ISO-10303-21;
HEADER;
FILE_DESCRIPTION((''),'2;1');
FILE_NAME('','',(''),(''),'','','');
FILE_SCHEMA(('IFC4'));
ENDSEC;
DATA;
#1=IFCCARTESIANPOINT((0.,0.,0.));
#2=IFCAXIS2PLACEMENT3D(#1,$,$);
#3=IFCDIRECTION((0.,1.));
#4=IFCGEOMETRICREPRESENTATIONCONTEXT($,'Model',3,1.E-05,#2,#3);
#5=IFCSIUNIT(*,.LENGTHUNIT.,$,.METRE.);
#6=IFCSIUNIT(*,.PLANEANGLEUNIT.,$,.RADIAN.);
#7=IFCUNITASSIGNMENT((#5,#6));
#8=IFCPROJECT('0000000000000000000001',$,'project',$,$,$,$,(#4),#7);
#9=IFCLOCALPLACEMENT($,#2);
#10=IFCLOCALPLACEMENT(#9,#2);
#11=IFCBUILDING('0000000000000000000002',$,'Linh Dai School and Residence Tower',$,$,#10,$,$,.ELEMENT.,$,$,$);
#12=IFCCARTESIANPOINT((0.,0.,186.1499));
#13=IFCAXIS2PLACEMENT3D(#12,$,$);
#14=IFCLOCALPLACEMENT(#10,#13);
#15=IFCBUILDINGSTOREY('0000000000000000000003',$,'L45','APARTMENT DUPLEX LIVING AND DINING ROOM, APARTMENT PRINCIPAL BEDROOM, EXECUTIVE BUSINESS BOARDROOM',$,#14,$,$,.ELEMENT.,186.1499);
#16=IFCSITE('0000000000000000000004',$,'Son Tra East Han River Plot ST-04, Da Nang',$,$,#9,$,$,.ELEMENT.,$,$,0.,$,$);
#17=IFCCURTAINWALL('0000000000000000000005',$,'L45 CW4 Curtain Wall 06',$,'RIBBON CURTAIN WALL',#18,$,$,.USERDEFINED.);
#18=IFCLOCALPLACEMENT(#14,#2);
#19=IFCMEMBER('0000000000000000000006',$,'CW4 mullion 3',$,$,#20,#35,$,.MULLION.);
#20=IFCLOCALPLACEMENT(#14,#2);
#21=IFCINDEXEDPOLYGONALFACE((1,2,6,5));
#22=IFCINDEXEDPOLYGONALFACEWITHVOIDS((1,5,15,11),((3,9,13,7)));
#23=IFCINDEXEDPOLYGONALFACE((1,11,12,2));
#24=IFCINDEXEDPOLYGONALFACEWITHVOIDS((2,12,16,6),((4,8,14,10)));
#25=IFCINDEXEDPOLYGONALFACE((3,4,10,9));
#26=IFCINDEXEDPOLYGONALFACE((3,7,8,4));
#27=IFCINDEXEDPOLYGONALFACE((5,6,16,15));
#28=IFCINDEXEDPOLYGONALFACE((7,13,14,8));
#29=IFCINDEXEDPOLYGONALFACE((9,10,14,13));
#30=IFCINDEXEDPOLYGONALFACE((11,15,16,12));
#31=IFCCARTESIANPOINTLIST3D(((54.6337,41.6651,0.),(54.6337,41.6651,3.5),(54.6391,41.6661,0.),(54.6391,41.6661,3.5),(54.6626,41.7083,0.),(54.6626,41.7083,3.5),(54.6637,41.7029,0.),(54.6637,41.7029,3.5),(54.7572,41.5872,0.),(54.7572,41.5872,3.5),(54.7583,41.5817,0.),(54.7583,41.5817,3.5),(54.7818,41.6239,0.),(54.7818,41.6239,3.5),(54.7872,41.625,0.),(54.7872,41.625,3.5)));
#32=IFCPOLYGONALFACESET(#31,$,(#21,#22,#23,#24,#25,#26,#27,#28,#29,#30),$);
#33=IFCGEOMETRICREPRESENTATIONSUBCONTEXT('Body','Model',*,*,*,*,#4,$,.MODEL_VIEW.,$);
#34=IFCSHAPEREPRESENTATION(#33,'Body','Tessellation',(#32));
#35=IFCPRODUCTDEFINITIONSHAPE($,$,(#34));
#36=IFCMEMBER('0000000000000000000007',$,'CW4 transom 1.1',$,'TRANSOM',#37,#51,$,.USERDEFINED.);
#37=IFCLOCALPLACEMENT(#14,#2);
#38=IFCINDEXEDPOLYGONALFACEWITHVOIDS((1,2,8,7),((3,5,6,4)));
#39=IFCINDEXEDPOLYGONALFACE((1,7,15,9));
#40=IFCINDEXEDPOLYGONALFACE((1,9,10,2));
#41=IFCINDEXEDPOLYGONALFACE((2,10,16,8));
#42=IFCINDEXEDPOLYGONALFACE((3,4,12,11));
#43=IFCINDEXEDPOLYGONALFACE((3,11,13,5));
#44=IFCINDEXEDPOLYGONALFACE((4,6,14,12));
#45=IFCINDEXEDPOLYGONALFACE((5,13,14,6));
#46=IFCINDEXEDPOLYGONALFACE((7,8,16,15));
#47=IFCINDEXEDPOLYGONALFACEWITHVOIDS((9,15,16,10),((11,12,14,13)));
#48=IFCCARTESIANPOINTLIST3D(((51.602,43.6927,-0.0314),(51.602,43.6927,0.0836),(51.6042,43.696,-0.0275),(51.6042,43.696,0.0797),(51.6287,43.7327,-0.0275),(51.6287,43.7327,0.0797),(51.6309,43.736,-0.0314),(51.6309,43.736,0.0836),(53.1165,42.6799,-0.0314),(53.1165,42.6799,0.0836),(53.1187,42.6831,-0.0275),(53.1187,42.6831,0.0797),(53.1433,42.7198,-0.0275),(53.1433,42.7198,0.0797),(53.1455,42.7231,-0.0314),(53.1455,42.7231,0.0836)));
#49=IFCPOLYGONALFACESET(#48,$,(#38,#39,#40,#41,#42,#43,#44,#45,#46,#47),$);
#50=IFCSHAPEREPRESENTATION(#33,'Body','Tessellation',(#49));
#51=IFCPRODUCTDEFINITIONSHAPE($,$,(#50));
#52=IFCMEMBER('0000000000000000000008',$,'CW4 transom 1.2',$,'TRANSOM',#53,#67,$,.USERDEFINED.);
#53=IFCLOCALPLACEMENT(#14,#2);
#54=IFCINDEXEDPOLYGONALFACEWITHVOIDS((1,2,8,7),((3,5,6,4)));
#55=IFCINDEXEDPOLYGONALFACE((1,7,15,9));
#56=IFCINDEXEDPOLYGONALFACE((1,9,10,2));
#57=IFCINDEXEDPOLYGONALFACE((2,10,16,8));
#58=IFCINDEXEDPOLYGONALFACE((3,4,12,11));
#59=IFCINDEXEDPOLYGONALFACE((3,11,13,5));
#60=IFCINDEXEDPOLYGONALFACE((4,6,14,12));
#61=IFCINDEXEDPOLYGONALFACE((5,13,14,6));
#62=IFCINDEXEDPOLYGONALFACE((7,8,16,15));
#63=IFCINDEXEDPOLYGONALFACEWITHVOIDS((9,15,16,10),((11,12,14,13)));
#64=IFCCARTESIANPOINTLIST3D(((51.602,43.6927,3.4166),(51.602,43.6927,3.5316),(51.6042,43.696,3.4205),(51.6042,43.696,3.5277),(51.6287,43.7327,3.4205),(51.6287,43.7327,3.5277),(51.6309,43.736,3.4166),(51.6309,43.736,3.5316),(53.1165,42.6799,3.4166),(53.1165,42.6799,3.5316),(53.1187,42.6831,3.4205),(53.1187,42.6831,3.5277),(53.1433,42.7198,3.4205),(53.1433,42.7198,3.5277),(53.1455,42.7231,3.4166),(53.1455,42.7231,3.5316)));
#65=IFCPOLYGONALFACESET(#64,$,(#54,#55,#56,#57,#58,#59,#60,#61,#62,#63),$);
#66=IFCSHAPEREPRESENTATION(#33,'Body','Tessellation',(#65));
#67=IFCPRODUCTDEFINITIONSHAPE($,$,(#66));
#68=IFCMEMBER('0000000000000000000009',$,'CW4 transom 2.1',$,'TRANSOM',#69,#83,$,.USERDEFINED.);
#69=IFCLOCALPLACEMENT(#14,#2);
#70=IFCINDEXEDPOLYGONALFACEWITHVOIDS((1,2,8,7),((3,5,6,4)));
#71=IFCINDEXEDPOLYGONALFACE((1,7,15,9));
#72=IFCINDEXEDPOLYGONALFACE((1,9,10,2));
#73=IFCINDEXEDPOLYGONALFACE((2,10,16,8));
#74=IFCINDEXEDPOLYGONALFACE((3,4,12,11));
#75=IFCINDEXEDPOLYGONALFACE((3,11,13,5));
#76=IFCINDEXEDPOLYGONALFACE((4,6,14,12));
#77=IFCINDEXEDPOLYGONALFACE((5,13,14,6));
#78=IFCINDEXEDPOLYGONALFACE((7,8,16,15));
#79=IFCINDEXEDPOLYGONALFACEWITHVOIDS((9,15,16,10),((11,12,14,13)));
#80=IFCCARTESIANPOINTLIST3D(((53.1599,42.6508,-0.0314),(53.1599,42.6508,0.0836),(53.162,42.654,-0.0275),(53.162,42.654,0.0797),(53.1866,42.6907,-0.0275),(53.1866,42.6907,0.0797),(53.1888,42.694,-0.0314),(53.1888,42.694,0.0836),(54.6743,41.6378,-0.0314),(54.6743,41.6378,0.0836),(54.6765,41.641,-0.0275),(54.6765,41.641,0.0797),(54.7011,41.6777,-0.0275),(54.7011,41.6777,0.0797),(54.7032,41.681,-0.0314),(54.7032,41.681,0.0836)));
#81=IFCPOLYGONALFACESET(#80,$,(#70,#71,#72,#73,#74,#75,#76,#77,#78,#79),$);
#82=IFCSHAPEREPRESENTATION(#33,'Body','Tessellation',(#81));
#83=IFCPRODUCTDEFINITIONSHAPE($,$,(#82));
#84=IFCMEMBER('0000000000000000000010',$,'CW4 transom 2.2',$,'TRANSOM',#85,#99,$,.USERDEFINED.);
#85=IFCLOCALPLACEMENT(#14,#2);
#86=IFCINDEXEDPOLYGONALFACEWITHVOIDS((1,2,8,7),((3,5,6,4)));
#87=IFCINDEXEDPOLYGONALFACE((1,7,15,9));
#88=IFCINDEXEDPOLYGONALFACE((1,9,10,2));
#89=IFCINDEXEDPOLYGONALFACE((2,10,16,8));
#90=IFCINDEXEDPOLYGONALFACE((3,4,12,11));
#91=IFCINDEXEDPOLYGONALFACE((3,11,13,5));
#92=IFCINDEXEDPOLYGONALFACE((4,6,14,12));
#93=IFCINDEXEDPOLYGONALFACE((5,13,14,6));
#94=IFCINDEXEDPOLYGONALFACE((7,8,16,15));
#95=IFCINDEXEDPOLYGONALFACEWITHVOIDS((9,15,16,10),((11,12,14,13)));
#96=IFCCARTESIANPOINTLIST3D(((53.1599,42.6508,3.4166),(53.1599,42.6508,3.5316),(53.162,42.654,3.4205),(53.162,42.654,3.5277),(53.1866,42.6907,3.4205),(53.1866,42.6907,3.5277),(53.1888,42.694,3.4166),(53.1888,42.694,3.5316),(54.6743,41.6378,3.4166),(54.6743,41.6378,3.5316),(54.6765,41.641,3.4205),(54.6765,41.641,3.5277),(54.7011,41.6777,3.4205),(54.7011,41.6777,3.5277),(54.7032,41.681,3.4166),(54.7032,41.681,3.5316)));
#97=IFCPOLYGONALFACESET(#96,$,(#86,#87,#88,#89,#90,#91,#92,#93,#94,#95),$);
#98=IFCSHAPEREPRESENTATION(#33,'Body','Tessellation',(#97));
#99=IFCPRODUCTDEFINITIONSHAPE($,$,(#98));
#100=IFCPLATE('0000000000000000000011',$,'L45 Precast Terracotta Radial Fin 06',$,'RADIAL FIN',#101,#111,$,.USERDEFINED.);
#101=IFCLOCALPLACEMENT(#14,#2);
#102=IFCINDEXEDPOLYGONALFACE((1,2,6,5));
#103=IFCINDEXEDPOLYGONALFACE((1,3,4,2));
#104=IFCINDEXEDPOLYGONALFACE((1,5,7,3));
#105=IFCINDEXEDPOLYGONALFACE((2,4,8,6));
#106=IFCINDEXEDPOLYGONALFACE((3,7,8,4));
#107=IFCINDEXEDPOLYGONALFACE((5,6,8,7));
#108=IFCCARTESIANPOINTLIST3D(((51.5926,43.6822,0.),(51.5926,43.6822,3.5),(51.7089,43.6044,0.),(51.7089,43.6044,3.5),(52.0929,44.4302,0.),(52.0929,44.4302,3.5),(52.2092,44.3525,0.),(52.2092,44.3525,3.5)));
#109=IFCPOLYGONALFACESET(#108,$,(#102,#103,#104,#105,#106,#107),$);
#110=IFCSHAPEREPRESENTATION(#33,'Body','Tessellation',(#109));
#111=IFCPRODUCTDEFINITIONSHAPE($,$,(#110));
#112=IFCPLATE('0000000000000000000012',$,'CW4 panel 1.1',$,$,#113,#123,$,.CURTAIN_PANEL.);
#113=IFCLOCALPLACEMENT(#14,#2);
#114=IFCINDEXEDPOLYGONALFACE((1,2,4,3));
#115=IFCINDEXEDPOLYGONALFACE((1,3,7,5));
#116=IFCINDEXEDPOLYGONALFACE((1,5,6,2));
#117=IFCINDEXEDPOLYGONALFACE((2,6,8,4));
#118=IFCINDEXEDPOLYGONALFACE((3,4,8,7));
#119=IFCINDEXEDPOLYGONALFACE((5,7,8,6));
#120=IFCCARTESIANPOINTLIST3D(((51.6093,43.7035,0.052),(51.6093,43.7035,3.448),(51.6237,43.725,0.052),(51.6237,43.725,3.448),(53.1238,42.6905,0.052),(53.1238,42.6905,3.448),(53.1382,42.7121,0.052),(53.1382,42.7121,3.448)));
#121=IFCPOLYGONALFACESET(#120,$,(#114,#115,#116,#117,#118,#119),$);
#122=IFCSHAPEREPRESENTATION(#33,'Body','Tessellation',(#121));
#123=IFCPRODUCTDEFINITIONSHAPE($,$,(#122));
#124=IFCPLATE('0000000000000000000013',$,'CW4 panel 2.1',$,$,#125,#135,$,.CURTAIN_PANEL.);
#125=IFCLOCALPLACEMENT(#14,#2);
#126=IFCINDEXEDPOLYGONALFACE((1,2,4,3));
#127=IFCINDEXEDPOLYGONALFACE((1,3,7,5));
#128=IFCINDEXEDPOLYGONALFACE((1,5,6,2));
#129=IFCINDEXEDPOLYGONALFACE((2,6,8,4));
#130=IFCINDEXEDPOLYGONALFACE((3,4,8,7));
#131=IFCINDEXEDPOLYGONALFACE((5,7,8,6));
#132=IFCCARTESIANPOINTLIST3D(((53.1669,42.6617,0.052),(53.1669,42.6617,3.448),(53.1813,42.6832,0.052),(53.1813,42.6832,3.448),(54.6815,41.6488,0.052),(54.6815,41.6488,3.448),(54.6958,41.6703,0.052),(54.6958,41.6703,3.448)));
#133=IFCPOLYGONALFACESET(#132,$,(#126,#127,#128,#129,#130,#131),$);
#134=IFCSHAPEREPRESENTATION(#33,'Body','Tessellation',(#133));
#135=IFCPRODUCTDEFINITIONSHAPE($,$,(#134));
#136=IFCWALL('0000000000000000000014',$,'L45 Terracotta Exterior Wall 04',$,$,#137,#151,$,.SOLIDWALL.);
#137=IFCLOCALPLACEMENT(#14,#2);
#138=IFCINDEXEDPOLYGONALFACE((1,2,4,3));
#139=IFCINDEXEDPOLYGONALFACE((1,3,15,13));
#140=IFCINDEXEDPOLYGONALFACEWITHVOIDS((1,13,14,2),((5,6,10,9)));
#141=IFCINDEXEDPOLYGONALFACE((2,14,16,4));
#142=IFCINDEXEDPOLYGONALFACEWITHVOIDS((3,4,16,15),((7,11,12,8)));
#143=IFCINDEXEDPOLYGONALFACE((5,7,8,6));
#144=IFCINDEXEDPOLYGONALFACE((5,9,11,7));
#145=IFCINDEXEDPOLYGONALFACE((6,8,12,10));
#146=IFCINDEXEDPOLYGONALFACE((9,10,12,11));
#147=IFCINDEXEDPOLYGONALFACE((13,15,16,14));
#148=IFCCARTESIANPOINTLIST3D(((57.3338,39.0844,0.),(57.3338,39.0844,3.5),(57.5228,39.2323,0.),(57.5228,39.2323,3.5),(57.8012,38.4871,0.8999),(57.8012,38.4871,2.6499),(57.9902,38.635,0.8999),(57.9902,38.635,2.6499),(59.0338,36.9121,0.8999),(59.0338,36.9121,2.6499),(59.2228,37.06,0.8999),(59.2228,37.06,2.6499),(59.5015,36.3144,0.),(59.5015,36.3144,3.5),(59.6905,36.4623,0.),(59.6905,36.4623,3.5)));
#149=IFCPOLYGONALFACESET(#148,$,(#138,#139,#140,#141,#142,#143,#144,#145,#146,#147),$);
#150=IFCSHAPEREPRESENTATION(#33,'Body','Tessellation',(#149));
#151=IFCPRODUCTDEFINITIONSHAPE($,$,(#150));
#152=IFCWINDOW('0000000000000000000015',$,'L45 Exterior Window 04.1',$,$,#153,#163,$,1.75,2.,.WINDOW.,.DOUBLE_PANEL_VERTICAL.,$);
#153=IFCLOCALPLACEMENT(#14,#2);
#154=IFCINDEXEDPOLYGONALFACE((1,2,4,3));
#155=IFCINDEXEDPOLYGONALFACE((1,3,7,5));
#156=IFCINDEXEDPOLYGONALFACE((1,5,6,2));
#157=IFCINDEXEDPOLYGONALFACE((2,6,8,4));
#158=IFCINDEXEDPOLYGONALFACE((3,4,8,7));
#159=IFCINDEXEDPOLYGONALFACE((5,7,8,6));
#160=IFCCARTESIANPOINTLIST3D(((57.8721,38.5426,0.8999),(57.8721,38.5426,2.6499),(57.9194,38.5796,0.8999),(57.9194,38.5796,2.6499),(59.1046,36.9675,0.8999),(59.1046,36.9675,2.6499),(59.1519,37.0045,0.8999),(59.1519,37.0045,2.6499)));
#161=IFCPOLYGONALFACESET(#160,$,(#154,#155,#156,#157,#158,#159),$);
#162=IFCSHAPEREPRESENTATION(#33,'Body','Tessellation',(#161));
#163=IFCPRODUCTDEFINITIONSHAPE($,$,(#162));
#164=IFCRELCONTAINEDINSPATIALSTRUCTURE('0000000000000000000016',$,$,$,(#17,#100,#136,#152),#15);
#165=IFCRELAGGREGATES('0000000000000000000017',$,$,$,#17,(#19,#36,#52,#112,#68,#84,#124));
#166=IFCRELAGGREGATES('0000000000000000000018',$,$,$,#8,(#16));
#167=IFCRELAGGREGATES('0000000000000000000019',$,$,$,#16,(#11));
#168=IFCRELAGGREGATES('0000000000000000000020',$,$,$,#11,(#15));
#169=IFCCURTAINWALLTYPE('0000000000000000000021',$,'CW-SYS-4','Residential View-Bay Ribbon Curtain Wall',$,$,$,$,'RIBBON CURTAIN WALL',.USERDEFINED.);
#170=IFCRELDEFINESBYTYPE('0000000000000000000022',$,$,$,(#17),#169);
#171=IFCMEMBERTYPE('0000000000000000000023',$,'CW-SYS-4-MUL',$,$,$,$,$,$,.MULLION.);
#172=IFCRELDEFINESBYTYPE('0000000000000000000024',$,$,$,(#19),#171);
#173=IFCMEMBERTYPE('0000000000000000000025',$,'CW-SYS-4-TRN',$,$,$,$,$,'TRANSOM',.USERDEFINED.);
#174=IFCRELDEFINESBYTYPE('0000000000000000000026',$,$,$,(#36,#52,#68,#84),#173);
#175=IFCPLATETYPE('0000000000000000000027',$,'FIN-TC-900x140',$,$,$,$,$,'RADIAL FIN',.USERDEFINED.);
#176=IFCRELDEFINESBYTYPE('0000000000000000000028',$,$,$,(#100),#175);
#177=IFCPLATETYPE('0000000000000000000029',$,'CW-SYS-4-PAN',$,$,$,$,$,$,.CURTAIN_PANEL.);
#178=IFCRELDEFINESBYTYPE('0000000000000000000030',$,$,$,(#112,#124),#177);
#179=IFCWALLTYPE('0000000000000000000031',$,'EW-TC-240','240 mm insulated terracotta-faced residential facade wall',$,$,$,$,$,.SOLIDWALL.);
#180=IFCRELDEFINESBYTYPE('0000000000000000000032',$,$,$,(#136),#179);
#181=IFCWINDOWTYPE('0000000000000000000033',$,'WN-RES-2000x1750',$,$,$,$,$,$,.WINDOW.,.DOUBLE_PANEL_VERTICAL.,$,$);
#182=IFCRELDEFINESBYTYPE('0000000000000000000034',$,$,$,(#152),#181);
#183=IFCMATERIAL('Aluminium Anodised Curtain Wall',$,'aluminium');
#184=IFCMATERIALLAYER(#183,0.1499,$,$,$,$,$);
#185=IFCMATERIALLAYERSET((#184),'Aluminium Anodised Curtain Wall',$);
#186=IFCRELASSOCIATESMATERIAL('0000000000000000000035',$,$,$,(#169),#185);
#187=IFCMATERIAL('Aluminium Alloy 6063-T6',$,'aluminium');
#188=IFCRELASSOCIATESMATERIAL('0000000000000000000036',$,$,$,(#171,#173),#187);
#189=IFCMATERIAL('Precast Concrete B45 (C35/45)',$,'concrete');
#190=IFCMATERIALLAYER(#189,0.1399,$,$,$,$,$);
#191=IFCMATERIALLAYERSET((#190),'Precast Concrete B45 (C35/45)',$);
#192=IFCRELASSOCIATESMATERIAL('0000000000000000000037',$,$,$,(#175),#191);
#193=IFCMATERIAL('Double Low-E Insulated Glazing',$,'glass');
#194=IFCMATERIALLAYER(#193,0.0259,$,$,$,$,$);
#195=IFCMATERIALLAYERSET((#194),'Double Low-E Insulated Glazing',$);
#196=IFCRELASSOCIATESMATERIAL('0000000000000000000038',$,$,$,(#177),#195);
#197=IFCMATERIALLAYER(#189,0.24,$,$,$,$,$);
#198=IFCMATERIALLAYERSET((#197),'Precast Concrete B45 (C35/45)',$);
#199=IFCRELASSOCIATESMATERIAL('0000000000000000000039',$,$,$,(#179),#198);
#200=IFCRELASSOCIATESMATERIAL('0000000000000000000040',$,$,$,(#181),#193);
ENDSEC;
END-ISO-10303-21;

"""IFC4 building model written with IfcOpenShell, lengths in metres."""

from ifc_helpers import new_model, si_unit, direction, frame, frame_2d, origin, origin_2d, place, context, subcontext, project, spatial, rectangle, hollow_rectangle, extrude, source, transform, mapped, material, layer, layer_set, material_profile, profile_set, type_object, element, fill, aggregate, save


model = new_model("IFC4")

# Units and contexts
model_context = context("Model", 3, precision=1e-05, world=origin(), true_north=direction((0.0, 1.0)))
body_context = subcontext(model_context, "Body", "Model", "MODEL_VIEW")
ifc_project = project(units=[si_unit("LENGTHUNIT", "METRE"), si_unit("PLANEANGLEUNIT", "RADIAN")], contexts=[model_context])

# Site, building, storey
site_placement = place(None, origin())
site = spatial("IfcSite", under=ifc_project, at=site_placement, Name="Son Tra East Han River Plot ST-04, Da Nang", CompositionType="ELEMENT", RefElevation=0.0)
building_placement = place(site_placement, origin())
building = spatial("IfcBuilding", under=site, at=building_placement, Name="Linh Dai School and Residence Tower", CompositionType="ELEMENT")
storey_placement = place(building_placement, frame((0.0, 0.0, 186.1499)))
storey = spatial("IfcBuildingStorey", under=building, at=storey_placement, Name="L45", Description="APARTMENT DUPLEX LIVING AND DINING ROOM, APARTMENT PRINCIPAL BEDROOM, EXECUTIVE BUSINESS BOARDROOM", CompositionType="ELEMENT", Elevation=186.1499)

# Curtain wall, members
ifc_material_1 = material(Name="Aluminium Anodised Curtain Wall", Category="aluminium")
ifc_layer_1 = layer(ifc_material_1, 0.1499)
ifc_layer_set_1 = layer_set([ifc_layer_1], Name="Aluminium Anodised Curtain Wall")
curtain_wall_type = type_object("IfcCurtainWallType", Name="CW-SYS-4", Description="Residential View-Bay Ribbon Curtain Wall", ElementType="RIBBON CURTAIN WALL", PredefinedType="USERDEFINED", material=ifc_layer_set_1)
curtain_wall_placement = place(storey_placement, origin())
curtain_wall = element("IfcCurtainWall", 1, at=curtain_wall_placement, inside=storey, type_object=curtain_wall_type, Name="L45 CW4 Curtain Wall 06", ObjectType="RIBBON CURTAIN WALL", PredefinedType="USERDEFINED")
ifc_material_2 = material(Name="Aluminium Alloy 6063-T6", Category="aluminium")
ifc_material_profile_1 = material_profile(ifc_material_2, hollow_rectangle(XDim=0.052, YDim=0.1499, WallThickness=0.0039, at=origin_2d()), Name="RHS 150x52x4")
ifc_profile_set_1 = profile_set([ifc_material_profile_1], Name="Aluminium Alloy 6063-T6")
member_type_1 = type_object("IfcMemberType", Name="CW-SYS-4-MUL", PredefinedType="MULLION", material=ifc_profile_set_1)
shared_shape_1 = source(origin(), body_context, "Body", "SweptSolid", [
    extrude(hollow_rectangle(XDim=0.052, YDim=0.1499, WallThickness=0.0039, at=origin_2d()), origin(), (0.0, 0.0, 1.0), 3.5),
])
member_1_placement = place(storey_placement, frame((54.7104, 41.645, 0.0), z_axis=(0.0, 0.0, 1.0), x_axis=(0.555931, 0.831228, 0.0)))
member_1 = element("IfcMember", 2, at=member_1_placement, type_object=member_type_1, Name="CW4 mullion 3", PredefinedType="MULLION", context=body_context, shape_type="MappedRepresentation", body=[
    mapped(shared_shape_1, transform((0.0, 0.0, 0.0), x_axis=(1.0, 0.0, 0.0), y_axis=(0.0, 1.0, 0.0), z_axis=(0.0, 0.0, 1.0), scale=1.0)),
])
ifc_material_profile_2 = material_profile(ifc_material_2, hollow_rectangle(XDim=0.052, YDim=0.115, WallThickness=0.0039, at=origin_2d()), Name="RHS 115x52x4")
ifc_profile_set_2 = profile_set([ifc_material_profile_2], Name="Aluminium Alloy 6063-T6")
member_type_2 = type_object("IfcMemberType", Name="CW-SYS-4-TRN", ElementType="TRANSOM", PredefinedType="USERDEFINED", material=ifc_profile_set_2)
shared_shape_2 = source(origin(), body_context, "Body", "SweptSolid", [
    extrude(hollow_rectangle(XDim=0.052, YDim=0.115, WallThickness=0.0039, at=origin_2d()), origin(), (0.0, 0.0, 1.0), 1.822),
])
member_2_placement = place(storey_placement, frame((51.6165, 43.7144, 0.0261), z_axis=(0.831246, -0.555905, 0.0), x_axis=(0.555905, 0.831246, 0.0)))
member_2 = element("IfcMember", 3, at=member_2_placement, type_object=member_type_2, Name="CW4 transom 1.1", ObjectType="TRANSOM", PredefinedType="USERDEFINED", context=body_context, shape_type="MappedRepresentation", body=[
    mapped(shared_shape_2, transform((0.0, 0.0, 0.0), x_axis=(1.0, 0.0, 0.0), y_axis=(0.0, 1.0, 0.0), z_axis=(0.0, 0.0, 1.0), scale=1.0)),
])
member_3_placement = place(storey_placement, frame((51.6165, 43.7144, 3.4741), z_axis=(0.831246, -0.555905, 0.0), x_axis=(0.555905, 0.831246, 0.0)))
member_3 = element("IfcMember", 4, at=member_3_placement, type_object=member_type_2, Name="CW4 transom 1.2", ObjectType="TRANSOM", PredefinedType="USERDEFINED", context=body_context, shape_type="MappedRepresentation", body=[
    mapped(shared_shape_2, transform((0.0, 0.0, 0.0), x_axis=(1.0, 0.0, 0.0), y_axis=(0.0, 1.0, 0.0), z_axis=(0.0, 0.0, 1.0), scale=1.0)),
])
member_4_placement = place(storey_placement, frame((53.1743, 42.6724, 0.0261), z_axis=(0.831204, -0.555967, 0.0), x_axis=(0.555967, 0.831204, 0.0)))
member_4 = element("IfcMember", 5, at=member_4_placement, type_object=member_type_2, Name="CW4 transom 2.1", ObjectType="TRANSOM", PredefinedType="USERDEFINED", context=body_context, shape_type="MappedRepresentation", body=[
    mapped(shared_shape_2, transform((0.0, 0.0, 0.0), x_axis=(1.0, 0.0, 0.0), y_axis=(0.0, 1.0, 0.0), z_axis=(0.0, 0.0, 1.0), scale=1.0)),
])
member_5_placement = place(storey_placement, frame((53.1743, 42.6724, 3.4741), z_axis=(0.831204, -0.555967, 0.0), x_axis=(0.555967, 0.831204, 0.0)))
member_5 = element("IfcMember", 6, at=member_5_placement, type_object=member_type_2, Name="CW4 transom 2.2", ObjectType="TRANSOM", PredefinedType="USERDEFINED", context=body_context, shape_type="MappedRepresentation", body=[
    mapped(shared_shape_2, transform((0.0, 0.0, 0.0), x_axis=(1.0, 0.0, 0.0), y_axis=(0.0, 1.0, 0.0), z_axis=(0.0, 0.0, 1.0), scale=1.0)),
])

# Plates
ifc_material_3 = material(Name="Precast Concrete B45 (C35/45)", Category="concrete")
ifc_layer_2 = layer(ifc_material_3, 0.1399)
ifc_layer_set_2 = layer_set([ifc_layer_2], Name="Precast Concrete B45 (C35/45)")
plate_type_1 = type_object("IfcPlateType", Name="FIN-TC-900x140", ElementType="RADIAL FIN", PredefinedType="USERDEFINED", material=ifc_layer_set_2)
shared_shape_3 = source(origin(), body_context, "Body", "SweptSolid", [
    extrude(rectangle(XDim=0.8999, YDim=0.1399, at=origin_2d()), origin(), (0.0, 0.0, 1.0), 3.5),
])
plate_1_placement = place(storey_placement, frame((51.9009, 44.0173, 0.0), z_axis=(0.0, 0.0, 1.0), x_axis=(0.555931, 0.831228, 0.0)))
element("IfcPlate", 7, at=plate_1_placement, inside=storey, type_object=plate_type_1, Name="L45 Precast Terracotta Radial Fin 06", ObjectType="RADIAL FIN", PredefinedType="USERDEFINED", context=body_context, shape_type="MappedRepresentation", body=[
    mapped(shared_shape_3, transform((0.0, 0.0, 0.0), x_axis=(1.0, 0.0, 0.0), y_axis=(0.0, 1.0, 0.0), z_axis=(0.0, 0.0, 1.0), scale=1.0)),
])
ifc_material_4 = material(Name="Double Low-E Insulated Glazing", Category="glass")
ifc_layer_3 = layer(ifc_material_4, 0.0259)
ifc_layer_set_3 = layer_set([ifc_layer_3], Name="Double Low-E Insulated Glazing")
plate_type_2 = type_object("IfcPlateType", Name="CW-SYS-4-PAN", PredefinedType="CURTAIN_PANEL", material=ifc_layer_set_3)
shared_shape_4 = source(origin(), body_context, "Body", "SweptSolid", [
    extrude(rectangle(XDim=1.822, YDim=0.0259, at=origin_2d()), origin(), (0.0, 0.0, 1.0), 3.396),
])
plate_2_placement = place(storey_placement, frame((52.3738, 43.2078, 0.052), z_axis=(0.0, 0.0, 1.0), x_axis=(0.831228, -0.555931, 0.0)))
plate_2 = element("IfcPlate", 8, at=plate_2_placement, type_object=plate_type_2, Name="CW4 panel 1.1", PredefinedType="CURTAIN_PANEL", context=body_context, shape_type="MappedRepresentation", body=[
    mapped(shared_shape_4, transform((0.0, 0.0, 0.0), x_axis=(1.0, 0.0, 0.0), y_axis=(0.0, 1.0, 0.0), z_axis=(0.0, 0.0, 1.0), scale=1.0)),
])
plate_3_placement = place(storey_placement, frame((53.9314, 42.166, 0.052), z_axis=(0.0, 0.0, 1.0), x_axis=(0.831228, -0.555931, 0.0)))
plate_3 = element("IfcPlate", 9, at=plate_3_placement, type_object=plate_type_2, Name="CW4 panel 2.1", PredefinedType="CURTAIN_PANEL", context=body_context, shape_type="MappedRepresentation", body=[
    mapped(shared_shape_4, transform((0.0, 0.0, 0.0), x_axis=(1.0, 0.0, 0.0), y_axis=(0.0, 1.0, 0.0), z_axis=(0.0, 0.0, 1.0), scale=1.0)),
])
aggregate(curtain_wall, [member_1, member_2, member_3, plate_2, member_4, member_5, plate_3])

# Wall, opening, window
ifc_layer_4 = layer(ifc_material_3, 0.24)
ifc_layer_set_4 = layer_set([ifc_layer_4], Name="Precast Concrete B45 (C35/45)")
wall_type_1 = type_object("IfcWallType", Name="EW-TC-240", Description="240 mm insulated terracotta-faced residential facade wall", PredefinedType="SOLIDWALL", material=ifc_layer_set_4)
wall_1_placement = place(storey_placement, frame((57.4282, 39.1584, 0.0), z_axis=(0.0, 0.0, 1.0), x_axis=(0.616288, -0.787521, 0.0)))
wall_1 = element("IfcWall", 10, at=wall_1_placement, inside=storey, type_object=wall_type_1, Name="L45 Terracotta Exterior Wall 04", PredefinedType="SOLIDWALL", context=body_context, shape_type="SweptSolid", body=[
    extrude(rectangle(XDim=3.5173, YDim=0.24, at=frame_2d((1.7588, 0.0))), origin(), (0.0, 0.0, 1.0), 3.5),
])
opening_1_placement = place(wall_1_placement, frame((0.7585, 0.0, 0.8999)))
opening_1 = element("IfcOpeningElement", 11, at=opening_1_placement, cuts=wall_1, PredefinedType="OPENING", context=body_context, shape_type="SweptSolid", body=[
    extrude(rectangle(XDim=2.0, YDim=1.75, at=origin_2d()), frame((1.0, 0.1299, 0.875), z_axis=(0.0, -1.0, 0.0), x_axis=(1.0, 0.0, 0.0)), (0.0, 0.0, 1.0), 0.26),
])
window_type = type_object("IfcWindowType", Name="WN-RES-2000x1750", PartitioningType="DOUBLE_PANEL_VERTICAL", PredefinedType="WINDOW", material=ifc_material_4)
shared_shape_5 = source(origin(), body_context, "Body", "SweptSolid", [
    extrude(rectangle(XDim=2.0, YDim=1.75, at=origin_2d()), frame((1.0, 0.03, 0.875), z_axis=(0.0, -1.0, 0.0), x_axis=(1.0, 0.0, 0.0)), (0.0, 0.0, 1.0), 0.0601),
])
window_1_placement = place(opening_1_placement, origin())
window_1 = element("IfcWindow", 12, at=window_1_placement, inside=storey, type_object=window_type, Name="L45 Exterior Window 04.1", OverallHeight=1.75, OverallWidth=2.0, PartitioningType="DOUBLE_PANEL_VERTICAL", PredefinedType="WINDOW", context=body_context, shape_type="MappedRepresentation", body=[
    mapped(shared_shape_5, transform((0.0, 0.0, 0.0), x_axis=(1.0, 0.0, 0.0), y_axis=(0.0, 1.0, 0.0), z_axis=(0.0, 0.0, 1.0), scale=1.0)),
])
fill(opening_1, window_1)

save(model, "model.ifc")
